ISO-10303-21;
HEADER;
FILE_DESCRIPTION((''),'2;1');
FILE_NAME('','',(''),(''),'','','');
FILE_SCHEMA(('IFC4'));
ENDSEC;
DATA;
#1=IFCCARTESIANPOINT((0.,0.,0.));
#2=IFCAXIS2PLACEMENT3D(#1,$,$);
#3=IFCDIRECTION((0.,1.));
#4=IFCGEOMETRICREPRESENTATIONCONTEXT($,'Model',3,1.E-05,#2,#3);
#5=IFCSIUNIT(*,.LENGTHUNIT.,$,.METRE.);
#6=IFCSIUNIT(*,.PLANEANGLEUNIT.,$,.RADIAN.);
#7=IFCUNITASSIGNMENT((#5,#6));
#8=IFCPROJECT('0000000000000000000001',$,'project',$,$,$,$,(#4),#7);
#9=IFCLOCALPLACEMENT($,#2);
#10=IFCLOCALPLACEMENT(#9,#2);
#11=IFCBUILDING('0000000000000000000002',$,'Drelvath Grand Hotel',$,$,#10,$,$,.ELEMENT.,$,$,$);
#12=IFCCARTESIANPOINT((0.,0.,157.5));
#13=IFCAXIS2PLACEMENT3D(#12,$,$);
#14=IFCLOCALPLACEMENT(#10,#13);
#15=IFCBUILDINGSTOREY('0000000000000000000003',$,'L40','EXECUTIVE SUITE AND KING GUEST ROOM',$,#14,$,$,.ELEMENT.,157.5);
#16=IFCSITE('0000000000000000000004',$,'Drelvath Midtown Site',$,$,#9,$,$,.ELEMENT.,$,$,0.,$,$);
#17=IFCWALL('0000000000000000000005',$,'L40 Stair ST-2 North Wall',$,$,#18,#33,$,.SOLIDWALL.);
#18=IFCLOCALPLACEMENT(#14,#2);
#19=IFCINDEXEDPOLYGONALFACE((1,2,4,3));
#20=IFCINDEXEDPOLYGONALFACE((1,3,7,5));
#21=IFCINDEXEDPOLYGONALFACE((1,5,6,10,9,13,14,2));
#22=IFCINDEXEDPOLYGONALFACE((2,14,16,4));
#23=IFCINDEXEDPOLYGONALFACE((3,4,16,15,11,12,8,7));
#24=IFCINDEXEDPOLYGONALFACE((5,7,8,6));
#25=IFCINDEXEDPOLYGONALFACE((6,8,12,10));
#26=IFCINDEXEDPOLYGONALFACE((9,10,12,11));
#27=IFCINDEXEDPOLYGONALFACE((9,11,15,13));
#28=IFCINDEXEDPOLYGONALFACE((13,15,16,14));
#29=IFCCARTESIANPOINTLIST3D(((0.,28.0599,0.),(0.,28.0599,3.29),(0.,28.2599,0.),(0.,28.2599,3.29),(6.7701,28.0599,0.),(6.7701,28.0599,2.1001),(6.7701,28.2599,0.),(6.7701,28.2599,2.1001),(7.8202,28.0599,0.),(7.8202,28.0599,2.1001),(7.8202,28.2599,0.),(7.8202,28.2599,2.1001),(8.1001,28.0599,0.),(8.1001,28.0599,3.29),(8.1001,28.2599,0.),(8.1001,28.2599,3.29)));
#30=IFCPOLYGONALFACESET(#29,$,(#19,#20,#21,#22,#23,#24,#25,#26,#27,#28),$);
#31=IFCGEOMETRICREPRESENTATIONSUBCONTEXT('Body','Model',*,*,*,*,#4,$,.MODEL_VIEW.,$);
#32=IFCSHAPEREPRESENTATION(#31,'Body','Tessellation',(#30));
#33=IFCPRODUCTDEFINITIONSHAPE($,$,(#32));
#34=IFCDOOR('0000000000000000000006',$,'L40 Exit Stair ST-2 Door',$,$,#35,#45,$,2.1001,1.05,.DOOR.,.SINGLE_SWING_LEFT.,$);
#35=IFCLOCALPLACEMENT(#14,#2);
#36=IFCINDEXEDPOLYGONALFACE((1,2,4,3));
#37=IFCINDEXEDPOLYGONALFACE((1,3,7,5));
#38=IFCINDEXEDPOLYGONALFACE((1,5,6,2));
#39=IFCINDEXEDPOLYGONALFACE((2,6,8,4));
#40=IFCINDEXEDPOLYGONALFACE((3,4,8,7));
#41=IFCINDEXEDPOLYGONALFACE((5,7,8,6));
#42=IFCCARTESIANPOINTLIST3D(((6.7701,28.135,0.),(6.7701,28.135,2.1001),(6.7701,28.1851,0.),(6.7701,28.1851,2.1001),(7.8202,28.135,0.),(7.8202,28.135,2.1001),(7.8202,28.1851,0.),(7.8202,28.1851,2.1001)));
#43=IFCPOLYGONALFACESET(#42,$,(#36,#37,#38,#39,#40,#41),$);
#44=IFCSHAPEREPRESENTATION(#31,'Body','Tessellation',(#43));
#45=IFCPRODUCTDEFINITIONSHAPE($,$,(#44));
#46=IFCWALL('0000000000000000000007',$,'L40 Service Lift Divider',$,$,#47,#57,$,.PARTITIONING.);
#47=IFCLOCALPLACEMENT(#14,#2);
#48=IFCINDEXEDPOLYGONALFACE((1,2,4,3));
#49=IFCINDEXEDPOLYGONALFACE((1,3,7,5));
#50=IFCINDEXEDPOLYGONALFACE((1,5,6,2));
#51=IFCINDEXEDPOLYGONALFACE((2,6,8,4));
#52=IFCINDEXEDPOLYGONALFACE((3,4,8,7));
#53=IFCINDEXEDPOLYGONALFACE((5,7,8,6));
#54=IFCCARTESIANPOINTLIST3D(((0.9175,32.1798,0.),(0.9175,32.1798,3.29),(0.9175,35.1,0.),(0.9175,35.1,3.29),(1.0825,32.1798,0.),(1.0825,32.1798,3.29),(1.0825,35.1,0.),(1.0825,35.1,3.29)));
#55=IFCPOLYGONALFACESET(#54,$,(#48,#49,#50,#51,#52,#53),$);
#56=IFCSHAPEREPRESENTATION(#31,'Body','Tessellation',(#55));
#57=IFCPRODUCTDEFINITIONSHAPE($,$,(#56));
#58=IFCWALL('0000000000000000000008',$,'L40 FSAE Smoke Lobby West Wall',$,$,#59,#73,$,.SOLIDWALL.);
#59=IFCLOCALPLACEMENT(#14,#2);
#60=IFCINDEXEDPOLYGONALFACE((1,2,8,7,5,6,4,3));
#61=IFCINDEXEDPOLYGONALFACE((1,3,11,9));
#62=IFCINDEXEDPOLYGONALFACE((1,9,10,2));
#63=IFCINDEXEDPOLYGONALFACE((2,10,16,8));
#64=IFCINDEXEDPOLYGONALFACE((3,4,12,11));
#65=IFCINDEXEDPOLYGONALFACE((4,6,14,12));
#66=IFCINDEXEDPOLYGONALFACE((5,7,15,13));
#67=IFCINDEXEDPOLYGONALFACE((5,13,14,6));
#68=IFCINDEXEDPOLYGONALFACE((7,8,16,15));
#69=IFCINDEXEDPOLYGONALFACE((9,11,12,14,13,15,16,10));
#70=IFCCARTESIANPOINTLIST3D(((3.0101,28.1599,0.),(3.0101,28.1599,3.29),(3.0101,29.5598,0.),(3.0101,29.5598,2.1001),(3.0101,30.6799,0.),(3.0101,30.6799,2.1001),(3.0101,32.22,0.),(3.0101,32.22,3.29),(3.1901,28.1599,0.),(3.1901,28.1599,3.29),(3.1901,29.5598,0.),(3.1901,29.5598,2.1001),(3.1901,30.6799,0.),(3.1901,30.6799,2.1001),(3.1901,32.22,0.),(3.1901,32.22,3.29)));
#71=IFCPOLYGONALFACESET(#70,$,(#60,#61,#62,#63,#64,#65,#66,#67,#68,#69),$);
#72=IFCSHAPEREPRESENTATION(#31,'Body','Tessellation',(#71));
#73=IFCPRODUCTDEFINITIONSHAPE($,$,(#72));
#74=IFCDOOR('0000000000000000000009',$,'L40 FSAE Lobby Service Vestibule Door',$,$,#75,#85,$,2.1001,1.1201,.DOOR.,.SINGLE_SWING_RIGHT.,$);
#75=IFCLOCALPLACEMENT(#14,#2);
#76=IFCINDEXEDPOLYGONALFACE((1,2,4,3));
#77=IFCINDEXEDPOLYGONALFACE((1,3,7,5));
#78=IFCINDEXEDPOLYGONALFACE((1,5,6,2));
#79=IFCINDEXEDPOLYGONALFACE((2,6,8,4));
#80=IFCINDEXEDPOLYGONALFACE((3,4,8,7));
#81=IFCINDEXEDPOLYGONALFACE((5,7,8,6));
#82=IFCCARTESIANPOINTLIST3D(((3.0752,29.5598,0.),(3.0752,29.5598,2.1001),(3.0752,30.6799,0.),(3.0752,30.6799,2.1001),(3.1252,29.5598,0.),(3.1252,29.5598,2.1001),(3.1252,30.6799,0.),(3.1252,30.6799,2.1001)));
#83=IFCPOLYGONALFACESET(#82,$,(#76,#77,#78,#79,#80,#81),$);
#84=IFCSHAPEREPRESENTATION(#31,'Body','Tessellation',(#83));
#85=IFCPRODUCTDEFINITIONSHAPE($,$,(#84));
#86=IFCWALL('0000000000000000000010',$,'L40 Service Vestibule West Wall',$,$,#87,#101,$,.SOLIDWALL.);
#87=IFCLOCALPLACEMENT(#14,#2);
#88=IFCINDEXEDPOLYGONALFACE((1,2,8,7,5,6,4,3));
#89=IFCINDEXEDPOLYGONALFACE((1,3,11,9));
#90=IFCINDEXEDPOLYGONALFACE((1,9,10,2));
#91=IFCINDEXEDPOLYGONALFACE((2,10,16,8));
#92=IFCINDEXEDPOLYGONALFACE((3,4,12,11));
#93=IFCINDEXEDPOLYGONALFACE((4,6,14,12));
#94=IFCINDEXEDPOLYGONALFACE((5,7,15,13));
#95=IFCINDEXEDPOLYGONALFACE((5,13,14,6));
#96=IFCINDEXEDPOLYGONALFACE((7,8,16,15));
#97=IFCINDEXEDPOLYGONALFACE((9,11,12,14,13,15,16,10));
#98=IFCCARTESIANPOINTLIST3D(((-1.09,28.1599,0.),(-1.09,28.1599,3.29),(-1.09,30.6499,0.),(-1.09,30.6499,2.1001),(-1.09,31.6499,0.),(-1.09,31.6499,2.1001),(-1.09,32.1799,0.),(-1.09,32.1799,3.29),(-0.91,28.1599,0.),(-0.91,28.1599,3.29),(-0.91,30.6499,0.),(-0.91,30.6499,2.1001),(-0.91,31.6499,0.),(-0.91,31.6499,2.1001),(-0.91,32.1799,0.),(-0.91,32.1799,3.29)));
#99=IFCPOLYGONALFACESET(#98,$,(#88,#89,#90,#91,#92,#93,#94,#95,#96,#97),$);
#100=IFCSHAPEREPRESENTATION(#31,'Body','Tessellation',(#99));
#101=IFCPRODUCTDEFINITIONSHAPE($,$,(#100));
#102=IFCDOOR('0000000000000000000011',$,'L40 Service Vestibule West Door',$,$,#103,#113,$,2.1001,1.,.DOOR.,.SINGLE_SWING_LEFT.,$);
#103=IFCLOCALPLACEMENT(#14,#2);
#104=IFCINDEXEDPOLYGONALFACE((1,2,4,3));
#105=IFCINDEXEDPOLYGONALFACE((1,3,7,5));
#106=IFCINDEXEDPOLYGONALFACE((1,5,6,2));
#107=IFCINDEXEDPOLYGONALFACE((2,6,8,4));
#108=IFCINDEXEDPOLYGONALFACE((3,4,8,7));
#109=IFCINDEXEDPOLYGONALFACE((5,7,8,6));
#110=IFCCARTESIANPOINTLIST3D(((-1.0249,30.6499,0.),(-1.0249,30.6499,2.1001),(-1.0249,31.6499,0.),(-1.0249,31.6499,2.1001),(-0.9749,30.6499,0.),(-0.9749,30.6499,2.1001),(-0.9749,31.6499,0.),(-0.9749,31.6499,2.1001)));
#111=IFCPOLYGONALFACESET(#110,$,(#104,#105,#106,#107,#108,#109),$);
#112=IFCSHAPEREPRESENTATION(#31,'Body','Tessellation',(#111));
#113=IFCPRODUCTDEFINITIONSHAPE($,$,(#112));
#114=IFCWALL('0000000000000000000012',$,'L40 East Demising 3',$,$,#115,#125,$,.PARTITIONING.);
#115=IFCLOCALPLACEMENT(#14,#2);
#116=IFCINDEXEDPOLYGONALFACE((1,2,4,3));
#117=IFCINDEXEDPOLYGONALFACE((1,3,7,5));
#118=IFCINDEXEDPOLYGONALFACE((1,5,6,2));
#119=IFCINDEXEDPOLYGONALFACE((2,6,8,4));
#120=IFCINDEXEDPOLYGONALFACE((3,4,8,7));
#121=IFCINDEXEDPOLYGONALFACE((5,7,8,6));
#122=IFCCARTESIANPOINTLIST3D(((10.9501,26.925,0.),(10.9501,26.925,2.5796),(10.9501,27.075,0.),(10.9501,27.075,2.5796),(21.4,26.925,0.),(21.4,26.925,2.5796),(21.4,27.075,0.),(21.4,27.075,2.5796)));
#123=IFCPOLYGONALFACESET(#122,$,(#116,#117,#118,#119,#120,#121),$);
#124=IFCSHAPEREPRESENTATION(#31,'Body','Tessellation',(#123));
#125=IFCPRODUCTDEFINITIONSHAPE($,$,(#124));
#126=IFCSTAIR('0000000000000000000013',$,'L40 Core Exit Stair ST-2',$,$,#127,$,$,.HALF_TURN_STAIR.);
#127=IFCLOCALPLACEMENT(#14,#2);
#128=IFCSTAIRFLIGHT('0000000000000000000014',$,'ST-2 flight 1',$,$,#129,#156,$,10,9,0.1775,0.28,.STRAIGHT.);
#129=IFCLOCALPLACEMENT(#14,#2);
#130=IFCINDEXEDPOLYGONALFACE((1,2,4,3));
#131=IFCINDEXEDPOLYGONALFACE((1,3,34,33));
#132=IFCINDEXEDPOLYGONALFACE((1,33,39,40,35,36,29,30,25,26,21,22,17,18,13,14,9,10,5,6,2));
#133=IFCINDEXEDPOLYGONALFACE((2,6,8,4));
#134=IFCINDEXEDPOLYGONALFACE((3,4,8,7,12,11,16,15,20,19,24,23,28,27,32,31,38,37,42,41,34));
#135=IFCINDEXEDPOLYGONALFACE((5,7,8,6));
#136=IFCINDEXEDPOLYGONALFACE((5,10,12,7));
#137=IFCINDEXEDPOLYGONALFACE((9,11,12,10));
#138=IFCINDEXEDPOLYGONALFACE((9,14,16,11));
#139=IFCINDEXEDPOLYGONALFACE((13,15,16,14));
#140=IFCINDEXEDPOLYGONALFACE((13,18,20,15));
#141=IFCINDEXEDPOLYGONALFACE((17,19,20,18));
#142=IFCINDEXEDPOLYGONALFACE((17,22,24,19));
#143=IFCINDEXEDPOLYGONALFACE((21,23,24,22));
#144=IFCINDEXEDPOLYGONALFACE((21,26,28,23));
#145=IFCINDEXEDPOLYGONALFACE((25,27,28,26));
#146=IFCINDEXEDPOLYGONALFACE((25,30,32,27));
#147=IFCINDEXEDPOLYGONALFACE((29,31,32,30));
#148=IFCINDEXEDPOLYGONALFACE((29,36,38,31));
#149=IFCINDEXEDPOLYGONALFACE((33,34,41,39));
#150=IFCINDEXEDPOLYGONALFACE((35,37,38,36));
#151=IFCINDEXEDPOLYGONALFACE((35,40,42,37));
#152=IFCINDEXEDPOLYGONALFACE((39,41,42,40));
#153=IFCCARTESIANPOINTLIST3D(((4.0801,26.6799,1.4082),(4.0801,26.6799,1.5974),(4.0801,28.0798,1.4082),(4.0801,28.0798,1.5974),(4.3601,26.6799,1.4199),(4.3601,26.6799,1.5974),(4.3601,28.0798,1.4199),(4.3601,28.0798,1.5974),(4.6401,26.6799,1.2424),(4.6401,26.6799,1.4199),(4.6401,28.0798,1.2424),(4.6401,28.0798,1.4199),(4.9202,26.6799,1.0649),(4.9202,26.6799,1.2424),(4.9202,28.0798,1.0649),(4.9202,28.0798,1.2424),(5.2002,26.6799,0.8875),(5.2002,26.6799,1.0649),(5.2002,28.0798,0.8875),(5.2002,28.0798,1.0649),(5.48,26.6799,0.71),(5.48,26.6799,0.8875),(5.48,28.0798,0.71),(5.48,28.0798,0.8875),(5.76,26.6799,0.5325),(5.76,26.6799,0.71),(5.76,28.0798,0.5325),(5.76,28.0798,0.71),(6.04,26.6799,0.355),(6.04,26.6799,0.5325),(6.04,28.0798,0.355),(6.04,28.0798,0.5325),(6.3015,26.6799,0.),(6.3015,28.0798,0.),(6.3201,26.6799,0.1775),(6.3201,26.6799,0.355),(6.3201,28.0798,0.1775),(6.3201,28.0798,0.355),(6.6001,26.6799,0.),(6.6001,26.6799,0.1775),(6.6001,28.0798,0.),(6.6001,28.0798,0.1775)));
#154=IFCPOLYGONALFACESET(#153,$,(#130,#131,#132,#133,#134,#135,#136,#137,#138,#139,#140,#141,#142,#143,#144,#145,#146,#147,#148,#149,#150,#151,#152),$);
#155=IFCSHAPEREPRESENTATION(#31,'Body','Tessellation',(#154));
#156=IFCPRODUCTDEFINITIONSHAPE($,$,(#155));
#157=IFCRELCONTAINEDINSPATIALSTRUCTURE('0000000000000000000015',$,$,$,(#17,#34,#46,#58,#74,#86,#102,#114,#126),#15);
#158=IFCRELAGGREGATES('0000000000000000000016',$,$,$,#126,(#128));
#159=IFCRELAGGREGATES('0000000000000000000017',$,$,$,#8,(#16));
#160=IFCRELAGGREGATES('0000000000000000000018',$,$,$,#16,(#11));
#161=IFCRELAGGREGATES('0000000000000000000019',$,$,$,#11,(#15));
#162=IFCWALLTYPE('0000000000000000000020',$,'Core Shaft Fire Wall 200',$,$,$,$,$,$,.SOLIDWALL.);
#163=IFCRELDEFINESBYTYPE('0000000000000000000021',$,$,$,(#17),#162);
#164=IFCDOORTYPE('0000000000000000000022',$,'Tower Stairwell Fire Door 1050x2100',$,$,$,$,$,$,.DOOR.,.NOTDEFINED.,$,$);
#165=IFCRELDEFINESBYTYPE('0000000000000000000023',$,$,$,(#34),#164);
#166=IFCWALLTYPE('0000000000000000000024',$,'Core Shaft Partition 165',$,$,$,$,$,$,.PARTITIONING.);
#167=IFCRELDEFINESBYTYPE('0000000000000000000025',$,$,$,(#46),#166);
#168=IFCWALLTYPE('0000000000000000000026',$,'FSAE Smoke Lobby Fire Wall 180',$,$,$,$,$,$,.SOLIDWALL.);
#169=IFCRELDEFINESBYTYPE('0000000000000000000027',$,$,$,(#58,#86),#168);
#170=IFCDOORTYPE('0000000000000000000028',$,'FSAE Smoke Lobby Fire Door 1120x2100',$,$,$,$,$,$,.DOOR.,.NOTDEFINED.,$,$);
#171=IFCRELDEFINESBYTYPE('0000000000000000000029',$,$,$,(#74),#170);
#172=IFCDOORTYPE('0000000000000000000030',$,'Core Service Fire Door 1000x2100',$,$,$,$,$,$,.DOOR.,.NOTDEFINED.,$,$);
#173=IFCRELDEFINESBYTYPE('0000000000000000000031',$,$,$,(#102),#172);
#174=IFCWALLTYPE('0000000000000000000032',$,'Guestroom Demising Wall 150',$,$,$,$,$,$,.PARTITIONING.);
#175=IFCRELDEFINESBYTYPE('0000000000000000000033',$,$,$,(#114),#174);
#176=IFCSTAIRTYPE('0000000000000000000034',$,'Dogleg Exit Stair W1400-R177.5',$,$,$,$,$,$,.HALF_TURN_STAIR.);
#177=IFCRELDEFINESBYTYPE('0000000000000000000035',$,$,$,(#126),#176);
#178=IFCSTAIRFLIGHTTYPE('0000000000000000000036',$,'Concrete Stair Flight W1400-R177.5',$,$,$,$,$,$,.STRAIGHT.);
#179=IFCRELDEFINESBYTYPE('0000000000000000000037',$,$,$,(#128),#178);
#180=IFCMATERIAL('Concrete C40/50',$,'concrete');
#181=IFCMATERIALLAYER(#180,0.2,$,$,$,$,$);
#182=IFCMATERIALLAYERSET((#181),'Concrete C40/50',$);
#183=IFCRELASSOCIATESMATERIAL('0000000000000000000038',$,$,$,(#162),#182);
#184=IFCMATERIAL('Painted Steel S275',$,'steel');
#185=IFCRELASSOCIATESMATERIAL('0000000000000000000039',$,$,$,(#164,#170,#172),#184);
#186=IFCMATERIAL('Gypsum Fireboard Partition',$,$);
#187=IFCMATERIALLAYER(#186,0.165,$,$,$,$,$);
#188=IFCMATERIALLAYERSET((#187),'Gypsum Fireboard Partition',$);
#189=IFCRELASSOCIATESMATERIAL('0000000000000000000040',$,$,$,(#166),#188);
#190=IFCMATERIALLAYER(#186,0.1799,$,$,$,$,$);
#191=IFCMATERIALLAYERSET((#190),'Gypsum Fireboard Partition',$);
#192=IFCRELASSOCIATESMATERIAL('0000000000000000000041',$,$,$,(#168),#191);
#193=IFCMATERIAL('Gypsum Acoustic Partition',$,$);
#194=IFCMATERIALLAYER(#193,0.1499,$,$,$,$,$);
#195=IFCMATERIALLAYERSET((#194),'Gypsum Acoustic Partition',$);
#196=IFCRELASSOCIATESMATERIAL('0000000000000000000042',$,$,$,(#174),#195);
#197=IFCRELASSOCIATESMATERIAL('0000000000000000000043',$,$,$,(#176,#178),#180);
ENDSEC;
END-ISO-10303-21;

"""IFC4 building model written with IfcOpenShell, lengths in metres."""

from ifc_helpers import new_model, si_unit, direction, frame, frame_2d, origin, place, context, subcontext, project, spatial, polyline, rectangle, outline, extrude, material, layer, layer_set, type_object, element, fill, aggregate, save


model = new_model("IFC4")

# Units and contexts
model_context = context("Model", 3, precision=1e-05, world=origin(), true_north=direction((0.0, 1.0)))
body_context = subcontext(model_context, "Body", "Model", "MODEL_VIEW")
ifc_project = project(units=[si_unit("LENGTHUNIT", "METRE"), si_unit("PLANEANGLEUNIT", "RADIAN")], contexts=[model_context])

# Site, building, storey
site_placement = place(None, origin())
site = spatial("IfcSite", under=ifc_project, at=site_placement, Name="Drelvath Midtown Site", CompositionType="ELEMENT", RefElevation=0.0)
building_placement = place(site_placement, origin())
building = spatial("IfcBuilding", under=site, at=building_placement, Name="Drelvath Grand Hotel", CompositionType="ELEMENT")
storey_placement = place(building_placement, frame((0.0, 0.0, 157.5)))
storey = spatial("IfcBuildingStorey", under=building, at=storey_placement, Name="L40", Description="EXECUTIVE SUITE AND KING GUEST ROOM", CompositionType="ELEMENT", Elevation=157.5)

# Shared definitions
ifc_material_1 = material(Name="Concrete C40/50", Category="concrete")

# Wall, opening, door
ifc_layer_1 = layer(ifc_material_1, 0.2)
ifc_layer_set_1 = layer_set([ifc_layer_1], Name="Concrete C40/50")
wall_type_1 = type_object("IfcWallType", Name="Core Shaft Fire Wall 200", PredefinedType="SOLIDWALL", material=ifc_layer_set_1)
wall_1_placement = place(storey_placement, frame((8.1001, 28.1599, 0.0), z_axis=(0.0, 0.0, 1.0), x_axis=(-1.0, 0.0, 0.0)))
wall_1 = element("IfcWall", 1, at=wall_1_placement, inside=storey, type_object=wall_type_1, Name="L40 Stair ST-2 North Wall", PredefinedType="SOLIDWALL", context=body_context, shape_type="SweptSolid", body=[
    extrude(rectangle(XDim=8.1001, YDim=0.2, at=frame_2d((4.05, 0.0))), origin(), (0.0, 0.0, 1.0), 3.29),
])
opening_1_placement = place(wall_1_placement, frame((0.28, 0.0, 0.0)))
opening_1 = element("IfcOpeningElement", 2, at=opening_1_placement, cuts=wall_1, PredefinedType="OPENING", context=body_context, shape_type="SweptSolid", body=[
    extrude(rectangle(XDim=1.05, YDim=2.1001, at=frame_2d((0.5249, 1.05))), frame((0.0, 0.1099, 0.0), z_axis=(0.0, -1.0, 0.0), x_axis=(1.0, 0.0, 0.0)), (0.0, 0.0, 1.0), 0.22),
])
ifc_material_2 = material(Name="Painted Steel S275", Category="steel")
door_type_1 = type_object("IfcDoorType", Name="Tower Stairwell Fire Door 1050x2100", OperationType="NOTDEFINED", PredefinedType="DOOR", material=ifc_material_2)
door_1_placement = place(opening_1_placement, origin())
door_1 = element("IfcDoor", 3, at=door_1_placement, inside=storey, type_object=door_type_1, Name="L40 Exit Stair ST-2 Door", OperationType="SINGLE_SWING_LEFT", OverallHeight=2.1001, OverallWidth=1.05, PredefinedType="DOOR", context=body_context, shape_type="SweptSolid", body=[
    extrude(rectangle(XDim=1.05, YDim=2.1001, at=frame_2d((0.5249, 1.05))), frame((0.0, 0.0249, 0.0), z_axis=(0.0, -1.0, 0.0), x_axis=(1.0, 0.0, 0.0)), (0.0, 0.0, 1.0), 0.05),
])
fill(opening_1, door_1)

# Wall
ifc_material_3 = material(Name="Gypsum Fireboard Partition")
ifc_layer_2 = layer(ifc_material_3, 0.165)
ifc_layer_set_2 = layer_set([ifc_layer_2], Name="Gypsum Fireboard Partition")
wall_type_2 = type_object("IfcWallType", Name="Core Shaft Partition 165", PredefinedType="PARTITIONING", material=ifc_layer_set_2)
wall_2_placement = place(storey_placement, frame((1.0, 32.1799, 0.0), z_axis=(0.0, 0.0, 1.0), x_axis=(0.0, 1.0, 0.0)))
element("IfcWall", 4, at=wall_2_placement, inside=storey, type_object=wall_type_2, Name="L40 Service Lift Divider", PredefinedType="PARTITIONING", context=body_context, shape_type="SweptSolid", body=[
    extrude(rectangle(XDim=2.9202, YDim=0.165, at=frame_2d((1.46, 0.0))), origin(), (0.0, 0.0, 1.0), 3.29),
])

# Walls, openings, doors
ifc_layer_3 = layer(ifc_material_3, 0.1799)
ifc_layer_set_3 = layer_set([ifc_layer_3], Name="Gypsum Fireboard Partition")
wall_type_3 = type_object("IfcWallType", Name="FSAE Smoke Lobby Fire Wall 180", PredefinedType="SOLIDWALL", material=ifc_layer_set_3)
wall_3_placement = place(storey_placement, frame((3.1001, 28.1599, 0.0), z_axis=(0.0, 0.0, 1.0), x_axis=(0.0, 1.0, 0.0)))
wall_3 = element("IfcWall", 5, at=wall_3_placement, inside=storey, type_object=wall_type_3, Name="L40 FSAE Smoke Lobby West Wall", PredefinedType="SOLIDWALL", context=body_context, shape_type="SweptSolid", body=[
    extrude(rectangle(XDim=4.0601, YDim=0.1799, at=frame_2d((2.03, 0.0))), origin(), (0.0, 0.0, 1.0), 3.29),
])
opening_2_placement = place(wall_3_placement, frame((1.3999, 0.0, 0.0)))
opening_2 = element("IfcOpeningElement", 6, at=opening_2_placement, cuts=wall_3, PredefinedType="OPENING", context=body_context, shape_type="SweptSolid", body=[
    extrude(rectangle(XDim=1.1201, YDim=2.1001, at=frame_2d((0.5601, 1.05))), frame((0.0, 0.0999, 0.0), z_axis=(0.0, -1.0, 0.0), x_axis=(1.0, 0.0, 0.0)), (0.0, 0.0, 1.0), 0.2),
])
door_type_2 = type_object("IfcDoorType", Name="FSAE Smoke Lobby Fire Door 1120x2100", OperationType="NOTDEFINED", PredefinedType="DOOR", material=ifc_material_2)
door_2_placement = place(opening_2_placement, origin())
door_2 = element("IfcDoor", 7, at=door_2_placement, inside=storey, type_object=door_type_2, Name="L40 FSAE Lobby Service Vestibule Door", OperationType="SINGLE_SWING_RIGHT", OverallHeight=2.1001, OverallWidth=1.1201, PredefinedType="DOOR", context=body_context, shape_type="SweptSolid", body=[
    extrude(rectangle(XDim=1.1201, YDim=2.1001, at=frame_2d((0.5601, 1.05))), frame((0.0, 0.0249, 0.0), z_axis=(0.0, -1.0, 0.0), x_axis=(1.0, 0.0, 0.0)), (0.0, 0.0, 1.0), 0.05),
])
fill(opening_2, door_2)
wall_4_placement = place(storey_placement, frame((-1.0, 28.1599, 0.0), z_axis=(0.0, 0.0, 1.0), x_axis=(0.0, 1.0, 0.0)))
wall_4 = element("IfcWall", 8, at=wall_4_placement, inside=storey, type_object=wall_type_3, Name="L40 Service Vestibule West Wall", PredefinedType="SOLIDWALL", context=body_context, shape_type="SweptSolid", body=[
    extrude(rectangle(XDim=4.02, YDim=0.1799, at=frame_2d((2.01, 0.0))), origin(), (0.0, 0.0, 1.0), 3.29),
])
opening_3_placement = place(wall_4_placement, frame((2.49, 0.0, 0.0)))
opening_3 = element("IfcOpeningElement", 9, at=opening_3_placement, cuts=wall_4, PredefinedType="OPENING", context=body_context, shape_type="SweptSolid", body=[
    extrude(rectangle(XDim=1.0, YDim=2.1001, at=frame_2d((0.5, 1.05))), frame((0.0, 0.0999, 0.0), z_axis=(0.0, -1.0, 0.0), x_axis=(1.0, 0.0, 0.0)), (0.0, 0.0, 1.0), 0.2),
])
door_type_3 = type_object("IfcDoorType", Name="Core Service Fire Door 1000x2100", OperationType="NOTDEFINED", PredefinedType="DOOR", material=ifc_material_2)
door_3_placement = place(opening_3_placement, origin())
door_3 = element("IfcDoor", 10, at=door_3_placement, inside=storey, type_object=door_type_3, Name="L40 Service Vestibule West Door", OperationType="SINGLE_SWING_LEFT", OverallHeight=2.1001, OverallWidth=1.0, PredefinedType="DOOR", context=body_context, shape_type="SweptSolid", body=[
    extrude(rectangle(XDim=1.0, YDim=2.1001, at=frame_2d((0.5, 1.05))), frame((0.0, 0.0249, 0.0), z_axis=(0.0, -1.0, 0.0), x_axis=(1.0, 0.0, 0.0)), (0.0, 0.0, 1.0), 0.05),
])
fill(opening_3, door_3)

# Wall
ifc_material_4 = material(Name="Gypsum Acoustic Partition")
ifc_layer_4 = layer(ifc_material_4, 0.1499)
ifc_layer_set_4 = layer_set([ifc_layer_4], Name="Gypsum Acoustic Partition")
wall_type_4 = type_object("IfcWallType", Name="Guestroom Demising Wall 150", PredefinedType="PARTITIONING", material=ifc_layer_set_4)
wall_5_placement = place(storey_placement, frame((10.95, 27.0, 0.0), z_axis=(0.0, 0.0, 1.0), x_axis=(1.0, 0.0, 0.0)))
element("IfcWall", 11, at=wall_5_placement, inside=storey, type_object=wall_type_4, Name="L40 East Demising 3", PredefinedType="PARTITIONING", context=body_context, shape_type="SweptSolid", body=[
    extrude(rectangle(XDim=10.45, YDim=0.1499, at=frame_2d((5.2251, 0.0))), origin(), (0.0, 0.0, 1.0), 2.5796),
])

# Stair, stair flight
stair_type = type_object("IfcStairType", Name="Dogleg Exit Stair W1400-R177.5", PredefinedType="HALF_TURN_STAIR", material=ifc_material_1)
stair_placement = place(storey_placement, origin())
stair = element("IfcStair", 12, at=stair_placement, inside=storey, type_object=stair_type, Name="L40 Core Exit Stair ST-2", PredefinedType="HALF_TURN_STAIR")
stair_flight_type = type_object("IfcStairFlightType", Name="Concrete Stair Flight W1400-R177.5", PredefinedType="STRAIGHT", material=ifc_material_1)
stair_flight_placement = place(storey_placement, frame((6.6001, 27.3799, 0.0), z_axis=(0.0, 0.0, 1.0), x_axis=(-1.0, 0.0, 0.0)))
stair_flight = element("IfcStairFlight", 13, at=stair_flight_placement, type_object=stair_flight_type, Name="ST-2 flight 1", NumberOfRisers=10, NumberOfTreads=9, PredefinedType="STRAIGHT", RiserHeight=0.1775, TreadLength=0.28, context=body_context, shape_type="SweptSolid", body=[
    extrude(outline(polyline([(0.0, 0.0), (0.0, 0.1775), (0.28, 0.1775), (0.28, 0.355), (0.5601, 0.355), (0.5601, 0.5325), (0.8401, 0.5325), (0.8401, 0.71), (1.1201, 0.71), (1.1201, 0.8875), (1.3999, 0.8875), (1.3999, 1.0649), (1.6799, 1.0649), (1.6799, 1.2424), (1.96, 1.2424), (1.96, 1.4199), (2.24, 1.4199), (2.24, 1.5974), (2.52, 1.5974), (2.52, 1.7749), (2.52, 1.4082), (0.2986, 0.0), (0.0, 0.0)])), frame((0.0, 0.7, 0.0), z_axis=(0.0, -1.0, 0.0), x_axis=(1.0, 0.0, 0.0)), (0.0, 0.0, 1.0), 1.3999),
])
aggregate(stair, [stair_flight])

save(model, "model.ifc")
